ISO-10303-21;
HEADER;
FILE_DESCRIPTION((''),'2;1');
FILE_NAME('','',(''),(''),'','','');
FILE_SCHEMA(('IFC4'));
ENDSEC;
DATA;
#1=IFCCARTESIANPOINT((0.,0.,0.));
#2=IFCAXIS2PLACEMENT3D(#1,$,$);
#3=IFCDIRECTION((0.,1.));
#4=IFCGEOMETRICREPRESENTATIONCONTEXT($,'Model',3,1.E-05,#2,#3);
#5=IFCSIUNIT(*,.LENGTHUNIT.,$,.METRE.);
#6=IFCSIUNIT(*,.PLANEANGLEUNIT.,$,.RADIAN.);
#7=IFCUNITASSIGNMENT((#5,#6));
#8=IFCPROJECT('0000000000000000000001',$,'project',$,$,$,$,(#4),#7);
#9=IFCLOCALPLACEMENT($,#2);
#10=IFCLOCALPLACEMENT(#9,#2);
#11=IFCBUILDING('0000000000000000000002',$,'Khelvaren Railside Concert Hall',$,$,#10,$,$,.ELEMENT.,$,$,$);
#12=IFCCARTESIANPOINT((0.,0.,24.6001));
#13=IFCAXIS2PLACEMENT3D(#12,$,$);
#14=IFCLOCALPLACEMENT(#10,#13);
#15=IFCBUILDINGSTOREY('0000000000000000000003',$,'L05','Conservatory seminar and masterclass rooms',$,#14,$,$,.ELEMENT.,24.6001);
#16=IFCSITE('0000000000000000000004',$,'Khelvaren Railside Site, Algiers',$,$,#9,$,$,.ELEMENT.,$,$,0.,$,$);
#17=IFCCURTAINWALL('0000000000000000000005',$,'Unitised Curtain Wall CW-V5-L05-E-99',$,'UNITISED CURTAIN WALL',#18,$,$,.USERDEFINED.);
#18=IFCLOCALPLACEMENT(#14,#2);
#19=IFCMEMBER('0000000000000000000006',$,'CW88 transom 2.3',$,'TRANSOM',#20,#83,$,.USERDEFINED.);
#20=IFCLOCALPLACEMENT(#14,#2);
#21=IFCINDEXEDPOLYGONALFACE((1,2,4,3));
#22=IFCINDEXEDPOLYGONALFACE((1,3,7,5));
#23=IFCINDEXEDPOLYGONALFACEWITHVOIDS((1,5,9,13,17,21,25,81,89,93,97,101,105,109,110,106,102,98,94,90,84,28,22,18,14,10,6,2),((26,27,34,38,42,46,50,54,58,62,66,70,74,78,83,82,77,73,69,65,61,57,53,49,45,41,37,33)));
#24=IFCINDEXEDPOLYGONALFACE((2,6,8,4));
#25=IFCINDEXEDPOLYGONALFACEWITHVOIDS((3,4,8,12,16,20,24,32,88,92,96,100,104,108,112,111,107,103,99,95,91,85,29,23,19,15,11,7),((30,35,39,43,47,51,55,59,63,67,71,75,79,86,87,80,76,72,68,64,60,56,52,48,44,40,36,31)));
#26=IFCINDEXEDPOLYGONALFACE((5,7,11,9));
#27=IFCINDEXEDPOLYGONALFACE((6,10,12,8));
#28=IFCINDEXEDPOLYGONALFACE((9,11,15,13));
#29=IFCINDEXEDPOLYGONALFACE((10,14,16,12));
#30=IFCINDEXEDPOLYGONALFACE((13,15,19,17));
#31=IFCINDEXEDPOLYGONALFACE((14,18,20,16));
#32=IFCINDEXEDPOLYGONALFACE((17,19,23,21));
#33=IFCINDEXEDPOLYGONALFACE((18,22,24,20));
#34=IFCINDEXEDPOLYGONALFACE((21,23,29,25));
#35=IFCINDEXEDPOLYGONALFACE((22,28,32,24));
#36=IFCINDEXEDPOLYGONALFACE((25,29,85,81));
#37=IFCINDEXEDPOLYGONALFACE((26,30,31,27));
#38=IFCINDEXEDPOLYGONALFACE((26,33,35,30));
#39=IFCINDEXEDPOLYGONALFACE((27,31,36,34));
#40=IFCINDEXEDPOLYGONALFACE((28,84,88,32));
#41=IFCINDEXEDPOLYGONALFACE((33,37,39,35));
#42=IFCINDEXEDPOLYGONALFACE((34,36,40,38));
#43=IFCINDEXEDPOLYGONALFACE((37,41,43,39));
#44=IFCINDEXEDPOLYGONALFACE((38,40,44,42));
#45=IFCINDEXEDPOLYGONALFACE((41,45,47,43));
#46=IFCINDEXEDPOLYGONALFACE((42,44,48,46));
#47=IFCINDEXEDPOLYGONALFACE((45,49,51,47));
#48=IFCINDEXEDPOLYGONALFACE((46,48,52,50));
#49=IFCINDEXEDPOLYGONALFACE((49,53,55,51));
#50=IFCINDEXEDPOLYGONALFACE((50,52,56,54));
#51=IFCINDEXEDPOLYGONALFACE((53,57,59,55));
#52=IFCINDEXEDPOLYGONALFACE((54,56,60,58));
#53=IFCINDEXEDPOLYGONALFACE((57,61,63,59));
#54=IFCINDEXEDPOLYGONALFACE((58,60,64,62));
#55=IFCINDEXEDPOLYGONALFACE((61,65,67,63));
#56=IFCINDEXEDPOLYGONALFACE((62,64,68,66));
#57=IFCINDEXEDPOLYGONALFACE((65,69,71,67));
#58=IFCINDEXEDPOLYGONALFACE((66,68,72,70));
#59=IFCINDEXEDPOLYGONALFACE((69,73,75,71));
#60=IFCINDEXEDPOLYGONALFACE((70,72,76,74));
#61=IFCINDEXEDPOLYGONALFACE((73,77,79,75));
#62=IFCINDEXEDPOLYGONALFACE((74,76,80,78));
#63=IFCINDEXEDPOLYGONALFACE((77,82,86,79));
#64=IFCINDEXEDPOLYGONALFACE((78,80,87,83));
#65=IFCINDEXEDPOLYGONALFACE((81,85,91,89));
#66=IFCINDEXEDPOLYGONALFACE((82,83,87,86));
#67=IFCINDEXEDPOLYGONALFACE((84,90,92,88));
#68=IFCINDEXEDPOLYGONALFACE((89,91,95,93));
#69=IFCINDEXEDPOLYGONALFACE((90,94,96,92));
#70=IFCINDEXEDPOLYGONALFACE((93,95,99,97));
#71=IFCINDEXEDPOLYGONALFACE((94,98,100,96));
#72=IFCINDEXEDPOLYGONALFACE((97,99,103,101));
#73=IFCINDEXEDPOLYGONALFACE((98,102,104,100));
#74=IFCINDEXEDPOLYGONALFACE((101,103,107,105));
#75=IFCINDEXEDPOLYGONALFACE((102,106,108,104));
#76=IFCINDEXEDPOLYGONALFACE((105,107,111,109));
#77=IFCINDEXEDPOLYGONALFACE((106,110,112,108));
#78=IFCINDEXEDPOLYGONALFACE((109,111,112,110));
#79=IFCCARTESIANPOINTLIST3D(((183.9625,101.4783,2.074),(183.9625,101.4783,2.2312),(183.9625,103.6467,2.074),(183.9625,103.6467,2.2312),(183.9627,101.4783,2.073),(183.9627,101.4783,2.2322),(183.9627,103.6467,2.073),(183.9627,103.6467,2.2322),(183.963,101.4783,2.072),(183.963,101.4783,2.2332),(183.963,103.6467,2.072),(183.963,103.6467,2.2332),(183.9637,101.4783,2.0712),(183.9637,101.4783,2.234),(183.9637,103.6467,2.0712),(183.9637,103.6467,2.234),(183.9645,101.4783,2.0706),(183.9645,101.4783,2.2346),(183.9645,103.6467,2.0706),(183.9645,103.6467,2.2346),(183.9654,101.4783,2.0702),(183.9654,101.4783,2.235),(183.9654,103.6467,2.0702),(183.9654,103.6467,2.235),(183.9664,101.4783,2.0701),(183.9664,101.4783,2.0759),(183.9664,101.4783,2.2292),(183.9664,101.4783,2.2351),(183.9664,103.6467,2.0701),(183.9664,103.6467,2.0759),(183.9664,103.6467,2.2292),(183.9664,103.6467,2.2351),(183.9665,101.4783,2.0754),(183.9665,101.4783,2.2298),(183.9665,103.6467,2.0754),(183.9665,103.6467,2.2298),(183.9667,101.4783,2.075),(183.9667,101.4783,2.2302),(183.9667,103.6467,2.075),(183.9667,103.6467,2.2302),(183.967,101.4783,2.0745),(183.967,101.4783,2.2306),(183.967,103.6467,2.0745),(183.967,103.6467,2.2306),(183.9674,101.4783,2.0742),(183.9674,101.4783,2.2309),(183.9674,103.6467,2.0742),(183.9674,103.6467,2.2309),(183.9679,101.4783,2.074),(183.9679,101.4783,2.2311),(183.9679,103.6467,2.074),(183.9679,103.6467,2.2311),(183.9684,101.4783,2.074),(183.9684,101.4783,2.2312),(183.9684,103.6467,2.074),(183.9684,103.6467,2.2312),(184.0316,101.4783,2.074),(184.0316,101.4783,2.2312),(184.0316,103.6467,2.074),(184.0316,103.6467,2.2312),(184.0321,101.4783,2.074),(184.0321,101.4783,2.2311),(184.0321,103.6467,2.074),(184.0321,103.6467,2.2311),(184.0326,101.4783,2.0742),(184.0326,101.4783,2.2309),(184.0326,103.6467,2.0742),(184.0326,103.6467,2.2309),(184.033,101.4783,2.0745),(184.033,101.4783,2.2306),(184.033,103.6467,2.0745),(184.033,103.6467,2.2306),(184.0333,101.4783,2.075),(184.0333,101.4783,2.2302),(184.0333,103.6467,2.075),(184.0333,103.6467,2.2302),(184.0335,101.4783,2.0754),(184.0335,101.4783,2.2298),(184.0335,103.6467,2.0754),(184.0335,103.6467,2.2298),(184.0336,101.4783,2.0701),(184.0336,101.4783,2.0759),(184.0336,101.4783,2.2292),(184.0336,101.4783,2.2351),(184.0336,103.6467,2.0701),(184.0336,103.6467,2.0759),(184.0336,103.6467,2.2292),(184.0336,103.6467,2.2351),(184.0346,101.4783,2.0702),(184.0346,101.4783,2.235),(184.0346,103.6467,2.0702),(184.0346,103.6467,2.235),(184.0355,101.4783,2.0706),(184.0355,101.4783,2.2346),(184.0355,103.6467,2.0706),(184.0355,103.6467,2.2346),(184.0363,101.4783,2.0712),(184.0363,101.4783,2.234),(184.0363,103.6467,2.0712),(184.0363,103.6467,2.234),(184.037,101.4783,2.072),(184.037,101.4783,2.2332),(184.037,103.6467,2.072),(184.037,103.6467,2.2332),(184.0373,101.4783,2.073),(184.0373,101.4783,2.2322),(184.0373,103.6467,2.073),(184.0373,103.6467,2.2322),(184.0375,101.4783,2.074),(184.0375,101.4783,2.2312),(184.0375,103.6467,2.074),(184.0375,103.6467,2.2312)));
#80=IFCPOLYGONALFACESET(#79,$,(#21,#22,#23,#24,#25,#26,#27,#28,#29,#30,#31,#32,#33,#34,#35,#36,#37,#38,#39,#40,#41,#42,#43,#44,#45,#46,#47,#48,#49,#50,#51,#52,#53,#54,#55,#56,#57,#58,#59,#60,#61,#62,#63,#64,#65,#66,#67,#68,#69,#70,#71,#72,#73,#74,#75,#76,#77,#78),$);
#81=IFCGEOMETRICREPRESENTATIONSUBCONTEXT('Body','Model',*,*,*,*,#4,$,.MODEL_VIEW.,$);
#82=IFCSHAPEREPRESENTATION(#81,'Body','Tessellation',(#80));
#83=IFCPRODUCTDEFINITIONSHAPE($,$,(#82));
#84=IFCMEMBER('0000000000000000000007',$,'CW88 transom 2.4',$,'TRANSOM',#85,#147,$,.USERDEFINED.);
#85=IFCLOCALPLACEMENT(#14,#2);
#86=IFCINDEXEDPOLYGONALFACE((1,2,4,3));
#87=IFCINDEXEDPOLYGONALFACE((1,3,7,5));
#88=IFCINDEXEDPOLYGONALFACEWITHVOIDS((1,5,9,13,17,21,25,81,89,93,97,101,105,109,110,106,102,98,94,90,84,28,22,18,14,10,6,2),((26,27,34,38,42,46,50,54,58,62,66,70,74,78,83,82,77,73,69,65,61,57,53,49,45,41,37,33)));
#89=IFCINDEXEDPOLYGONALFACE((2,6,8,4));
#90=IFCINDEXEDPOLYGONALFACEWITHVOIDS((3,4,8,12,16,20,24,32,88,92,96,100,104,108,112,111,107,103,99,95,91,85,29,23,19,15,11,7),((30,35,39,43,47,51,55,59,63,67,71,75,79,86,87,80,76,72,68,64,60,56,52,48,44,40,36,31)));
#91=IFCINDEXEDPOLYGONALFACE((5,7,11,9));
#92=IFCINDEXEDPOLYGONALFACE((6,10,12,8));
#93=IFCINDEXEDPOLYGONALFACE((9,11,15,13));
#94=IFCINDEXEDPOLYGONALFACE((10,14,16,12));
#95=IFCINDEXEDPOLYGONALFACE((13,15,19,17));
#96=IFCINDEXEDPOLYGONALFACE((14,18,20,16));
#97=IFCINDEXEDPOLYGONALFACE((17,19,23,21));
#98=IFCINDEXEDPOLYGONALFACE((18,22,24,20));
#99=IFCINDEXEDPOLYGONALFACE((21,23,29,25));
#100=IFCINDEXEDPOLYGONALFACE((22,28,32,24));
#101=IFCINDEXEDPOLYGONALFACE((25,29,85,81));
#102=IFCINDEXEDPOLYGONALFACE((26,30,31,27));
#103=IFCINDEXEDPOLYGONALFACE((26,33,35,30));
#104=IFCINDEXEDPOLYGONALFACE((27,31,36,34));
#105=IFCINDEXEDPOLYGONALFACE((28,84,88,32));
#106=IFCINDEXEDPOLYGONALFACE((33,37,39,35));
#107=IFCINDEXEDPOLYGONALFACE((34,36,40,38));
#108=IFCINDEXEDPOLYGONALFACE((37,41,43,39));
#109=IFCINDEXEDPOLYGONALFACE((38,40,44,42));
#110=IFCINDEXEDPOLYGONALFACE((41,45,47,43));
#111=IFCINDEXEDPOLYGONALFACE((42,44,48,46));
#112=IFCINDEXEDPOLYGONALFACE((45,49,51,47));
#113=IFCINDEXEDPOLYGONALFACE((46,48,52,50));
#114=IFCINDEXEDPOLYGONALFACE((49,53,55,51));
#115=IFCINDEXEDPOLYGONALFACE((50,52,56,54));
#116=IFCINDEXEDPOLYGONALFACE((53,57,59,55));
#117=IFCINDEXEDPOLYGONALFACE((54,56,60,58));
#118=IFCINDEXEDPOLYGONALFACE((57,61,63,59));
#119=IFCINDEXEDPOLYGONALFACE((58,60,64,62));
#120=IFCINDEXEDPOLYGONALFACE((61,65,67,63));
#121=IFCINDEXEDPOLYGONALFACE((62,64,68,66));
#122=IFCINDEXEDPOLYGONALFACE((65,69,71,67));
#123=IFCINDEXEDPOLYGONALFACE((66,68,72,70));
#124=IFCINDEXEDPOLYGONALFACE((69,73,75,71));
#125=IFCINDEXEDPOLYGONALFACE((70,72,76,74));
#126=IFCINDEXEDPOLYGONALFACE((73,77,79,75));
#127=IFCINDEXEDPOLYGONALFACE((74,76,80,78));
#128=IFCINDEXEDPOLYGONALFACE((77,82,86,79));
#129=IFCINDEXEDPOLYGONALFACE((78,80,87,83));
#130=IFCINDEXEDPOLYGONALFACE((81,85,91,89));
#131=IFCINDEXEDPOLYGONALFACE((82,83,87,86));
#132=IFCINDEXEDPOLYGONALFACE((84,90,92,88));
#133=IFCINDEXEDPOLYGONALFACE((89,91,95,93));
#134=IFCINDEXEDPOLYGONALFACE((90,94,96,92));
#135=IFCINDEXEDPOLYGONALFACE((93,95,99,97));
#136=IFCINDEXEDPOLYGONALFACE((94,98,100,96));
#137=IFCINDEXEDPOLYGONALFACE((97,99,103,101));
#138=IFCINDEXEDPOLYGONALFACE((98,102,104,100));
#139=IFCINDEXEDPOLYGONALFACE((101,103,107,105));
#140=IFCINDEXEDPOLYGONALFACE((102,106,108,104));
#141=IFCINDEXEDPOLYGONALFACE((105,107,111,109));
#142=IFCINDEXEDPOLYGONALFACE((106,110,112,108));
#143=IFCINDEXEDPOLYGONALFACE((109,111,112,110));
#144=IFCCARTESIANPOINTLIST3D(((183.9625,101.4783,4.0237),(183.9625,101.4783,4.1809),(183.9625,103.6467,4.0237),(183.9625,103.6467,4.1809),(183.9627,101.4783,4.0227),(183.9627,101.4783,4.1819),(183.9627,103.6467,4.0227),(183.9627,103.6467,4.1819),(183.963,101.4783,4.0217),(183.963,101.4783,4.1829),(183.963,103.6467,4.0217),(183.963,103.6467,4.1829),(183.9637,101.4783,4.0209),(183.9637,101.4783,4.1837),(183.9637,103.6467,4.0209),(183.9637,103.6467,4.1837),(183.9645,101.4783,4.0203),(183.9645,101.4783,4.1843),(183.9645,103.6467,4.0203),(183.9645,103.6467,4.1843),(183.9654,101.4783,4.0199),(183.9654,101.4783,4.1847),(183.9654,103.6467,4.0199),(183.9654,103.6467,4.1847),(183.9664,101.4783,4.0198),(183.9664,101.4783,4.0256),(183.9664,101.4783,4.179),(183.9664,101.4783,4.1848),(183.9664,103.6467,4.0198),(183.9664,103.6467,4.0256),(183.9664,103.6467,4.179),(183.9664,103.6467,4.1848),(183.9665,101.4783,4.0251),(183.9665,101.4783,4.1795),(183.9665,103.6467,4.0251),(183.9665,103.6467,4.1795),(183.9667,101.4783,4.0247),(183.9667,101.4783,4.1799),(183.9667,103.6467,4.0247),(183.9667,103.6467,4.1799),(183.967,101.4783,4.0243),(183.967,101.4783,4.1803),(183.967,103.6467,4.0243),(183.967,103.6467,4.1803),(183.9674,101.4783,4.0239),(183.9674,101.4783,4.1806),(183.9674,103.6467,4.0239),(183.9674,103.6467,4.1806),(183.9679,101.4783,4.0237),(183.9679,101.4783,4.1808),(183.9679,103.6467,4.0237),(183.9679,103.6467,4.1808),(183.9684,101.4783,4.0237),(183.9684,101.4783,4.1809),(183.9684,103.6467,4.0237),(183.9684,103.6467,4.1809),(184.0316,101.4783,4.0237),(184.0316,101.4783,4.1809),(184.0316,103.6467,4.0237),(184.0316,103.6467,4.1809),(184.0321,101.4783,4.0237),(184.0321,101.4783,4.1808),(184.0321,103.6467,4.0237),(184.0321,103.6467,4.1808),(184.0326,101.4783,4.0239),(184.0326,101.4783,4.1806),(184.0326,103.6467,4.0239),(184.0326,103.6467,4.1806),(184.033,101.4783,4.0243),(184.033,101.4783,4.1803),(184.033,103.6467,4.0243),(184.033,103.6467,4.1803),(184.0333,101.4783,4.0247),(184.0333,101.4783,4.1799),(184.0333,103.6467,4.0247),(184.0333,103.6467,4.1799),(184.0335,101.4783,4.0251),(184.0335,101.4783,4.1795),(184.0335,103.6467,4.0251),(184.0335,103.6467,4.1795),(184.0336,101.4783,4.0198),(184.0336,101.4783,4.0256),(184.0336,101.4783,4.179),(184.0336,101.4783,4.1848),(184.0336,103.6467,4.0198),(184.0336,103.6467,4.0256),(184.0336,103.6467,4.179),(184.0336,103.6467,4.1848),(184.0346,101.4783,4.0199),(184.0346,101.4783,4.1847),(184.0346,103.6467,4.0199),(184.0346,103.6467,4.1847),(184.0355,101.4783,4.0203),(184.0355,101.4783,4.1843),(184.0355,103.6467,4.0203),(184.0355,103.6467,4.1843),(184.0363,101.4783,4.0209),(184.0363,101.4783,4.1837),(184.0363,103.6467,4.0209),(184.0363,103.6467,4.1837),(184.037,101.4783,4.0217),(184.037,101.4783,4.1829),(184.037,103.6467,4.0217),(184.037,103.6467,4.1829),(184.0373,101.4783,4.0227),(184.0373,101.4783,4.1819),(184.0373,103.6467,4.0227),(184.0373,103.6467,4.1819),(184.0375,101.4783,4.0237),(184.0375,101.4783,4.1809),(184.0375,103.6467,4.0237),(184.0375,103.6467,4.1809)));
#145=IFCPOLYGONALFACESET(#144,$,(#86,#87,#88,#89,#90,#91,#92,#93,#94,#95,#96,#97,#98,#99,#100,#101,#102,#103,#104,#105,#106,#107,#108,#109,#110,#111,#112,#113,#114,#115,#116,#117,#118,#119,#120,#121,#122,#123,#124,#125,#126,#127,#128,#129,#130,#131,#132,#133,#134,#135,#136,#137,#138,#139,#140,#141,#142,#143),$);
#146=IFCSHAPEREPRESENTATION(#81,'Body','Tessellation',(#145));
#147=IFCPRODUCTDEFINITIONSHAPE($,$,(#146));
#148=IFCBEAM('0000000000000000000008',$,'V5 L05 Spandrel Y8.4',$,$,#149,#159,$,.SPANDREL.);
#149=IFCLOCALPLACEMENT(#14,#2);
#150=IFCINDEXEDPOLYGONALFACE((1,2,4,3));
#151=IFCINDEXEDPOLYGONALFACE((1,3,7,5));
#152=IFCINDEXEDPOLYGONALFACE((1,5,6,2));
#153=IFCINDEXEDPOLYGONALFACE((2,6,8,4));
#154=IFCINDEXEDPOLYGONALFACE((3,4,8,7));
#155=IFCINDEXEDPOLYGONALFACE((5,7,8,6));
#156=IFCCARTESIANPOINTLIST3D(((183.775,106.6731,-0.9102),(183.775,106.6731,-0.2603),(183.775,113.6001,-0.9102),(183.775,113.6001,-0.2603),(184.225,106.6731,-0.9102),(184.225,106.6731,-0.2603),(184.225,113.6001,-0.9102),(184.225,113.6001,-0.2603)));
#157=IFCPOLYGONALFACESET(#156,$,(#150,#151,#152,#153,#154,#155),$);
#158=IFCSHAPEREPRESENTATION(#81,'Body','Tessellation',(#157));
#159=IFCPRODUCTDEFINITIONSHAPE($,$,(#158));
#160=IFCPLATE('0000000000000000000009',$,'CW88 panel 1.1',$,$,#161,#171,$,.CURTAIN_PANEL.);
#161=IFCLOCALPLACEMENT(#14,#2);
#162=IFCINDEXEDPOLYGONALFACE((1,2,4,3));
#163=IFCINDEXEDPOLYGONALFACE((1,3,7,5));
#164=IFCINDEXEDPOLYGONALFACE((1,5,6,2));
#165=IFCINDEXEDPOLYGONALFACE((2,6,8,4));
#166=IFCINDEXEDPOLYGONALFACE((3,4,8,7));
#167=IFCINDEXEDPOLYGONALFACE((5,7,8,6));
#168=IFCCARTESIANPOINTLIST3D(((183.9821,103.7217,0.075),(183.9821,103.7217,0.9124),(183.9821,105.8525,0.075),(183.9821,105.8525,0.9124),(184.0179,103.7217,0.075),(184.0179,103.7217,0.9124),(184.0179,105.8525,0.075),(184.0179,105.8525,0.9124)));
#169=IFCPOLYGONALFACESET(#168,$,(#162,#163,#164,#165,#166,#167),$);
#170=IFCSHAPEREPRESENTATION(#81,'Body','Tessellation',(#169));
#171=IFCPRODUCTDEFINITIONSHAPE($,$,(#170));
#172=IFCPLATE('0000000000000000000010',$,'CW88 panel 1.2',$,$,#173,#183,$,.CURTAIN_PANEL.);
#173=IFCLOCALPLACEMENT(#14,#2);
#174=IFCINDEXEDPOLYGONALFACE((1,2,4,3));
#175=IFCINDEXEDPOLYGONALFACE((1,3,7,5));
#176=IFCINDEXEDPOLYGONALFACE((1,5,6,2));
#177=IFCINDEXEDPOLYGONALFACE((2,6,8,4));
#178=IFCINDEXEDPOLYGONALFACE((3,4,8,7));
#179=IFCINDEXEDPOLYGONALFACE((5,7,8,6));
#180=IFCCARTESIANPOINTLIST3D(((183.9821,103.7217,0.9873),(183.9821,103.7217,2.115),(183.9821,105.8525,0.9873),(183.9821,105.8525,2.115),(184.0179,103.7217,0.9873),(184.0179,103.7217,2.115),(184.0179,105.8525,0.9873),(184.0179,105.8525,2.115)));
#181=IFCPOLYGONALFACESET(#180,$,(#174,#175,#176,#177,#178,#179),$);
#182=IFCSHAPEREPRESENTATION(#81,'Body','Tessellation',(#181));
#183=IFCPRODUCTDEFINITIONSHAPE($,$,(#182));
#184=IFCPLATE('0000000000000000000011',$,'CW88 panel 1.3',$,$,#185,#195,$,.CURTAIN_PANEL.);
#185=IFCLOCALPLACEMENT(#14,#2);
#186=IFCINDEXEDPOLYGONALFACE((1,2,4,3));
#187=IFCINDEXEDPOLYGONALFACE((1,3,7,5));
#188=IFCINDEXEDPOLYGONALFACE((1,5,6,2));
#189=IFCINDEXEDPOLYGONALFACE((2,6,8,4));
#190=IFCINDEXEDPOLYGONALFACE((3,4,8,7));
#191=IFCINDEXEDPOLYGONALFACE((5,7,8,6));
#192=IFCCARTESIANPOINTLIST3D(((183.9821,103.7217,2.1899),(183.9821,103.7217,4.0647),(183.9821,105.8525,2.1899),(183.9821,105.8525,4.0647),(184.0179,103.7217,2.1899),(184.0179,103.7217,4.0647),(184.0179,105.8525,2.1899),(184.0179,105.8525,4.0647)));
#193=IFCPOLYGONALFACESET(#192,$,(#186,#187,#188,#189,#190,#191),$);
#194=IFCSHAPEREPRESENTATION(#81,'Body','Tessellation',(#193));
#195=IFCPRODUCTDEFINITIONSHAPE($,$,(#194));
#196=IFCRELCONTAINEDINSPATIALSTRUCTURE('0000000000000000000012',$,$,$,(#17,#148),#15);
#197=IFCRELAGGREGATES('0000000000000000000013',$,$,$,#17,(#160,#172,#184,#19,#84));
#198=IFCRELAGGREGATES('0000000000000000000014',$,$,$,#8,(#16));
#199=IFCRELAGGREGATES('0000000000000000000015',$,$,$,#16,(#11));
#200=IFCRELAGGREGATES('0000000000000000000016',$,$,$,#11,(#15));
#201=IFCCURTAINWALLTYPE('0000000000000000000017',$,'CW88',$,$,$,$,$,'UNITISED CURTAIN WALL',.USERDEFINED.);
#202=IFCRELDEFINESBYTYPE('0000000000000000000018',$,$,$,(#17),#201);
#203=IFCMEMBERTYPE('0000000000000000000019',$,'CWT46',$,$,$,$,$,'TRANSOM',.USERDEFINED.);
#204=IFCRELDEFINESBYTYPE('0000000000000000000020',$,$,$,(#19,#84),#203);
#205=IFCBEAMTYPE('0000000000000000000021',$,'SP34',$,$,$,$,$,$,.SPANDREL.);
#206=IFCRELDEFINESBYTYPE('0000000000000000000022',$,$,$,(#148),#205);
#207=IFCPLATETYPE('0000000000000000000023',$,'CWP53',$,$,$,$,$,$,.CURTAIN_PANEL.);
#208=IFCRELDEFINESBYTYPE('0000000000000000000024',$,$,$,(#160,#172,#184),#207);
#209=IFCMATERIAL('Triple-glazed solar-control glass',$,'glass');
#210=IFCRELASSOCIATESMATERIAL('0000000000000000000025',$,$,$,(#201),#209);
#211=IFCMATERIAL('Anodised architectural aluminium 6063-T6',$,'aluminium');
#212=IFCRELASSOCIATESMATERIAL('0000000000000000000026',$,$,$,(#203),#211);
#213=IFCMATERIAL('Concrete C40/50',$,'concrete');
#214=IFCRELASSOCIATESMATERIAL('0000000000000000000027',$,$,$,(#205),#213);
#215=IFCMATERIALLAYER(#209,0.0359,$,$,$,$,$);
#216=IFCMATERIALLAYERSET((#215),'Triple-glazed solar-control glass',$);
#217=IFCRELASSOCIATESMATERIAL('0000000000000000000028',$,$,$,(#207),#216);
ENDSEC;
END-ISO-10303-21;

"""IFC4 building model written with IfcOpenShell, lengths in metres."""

from ifc_helpers import new_model, si_unit, direction, frame, origin, origin_2d, place, context, subcontext, project, spatial, rectangle, hollow_rectangle, extrude, material, layer, layer_set, material_profile, profile_set, type_object, element, aggregate, save


model = new_model("IFC4")

# Units and contexts
model_context = context("Model", 3, precision=1e-05, world=origin(), true_north=direction((0.0, 1.0)))
body_context = subcontext(model_context, "Body", "Model", "MODEL_VIEW")
ifc_project = project(units=[si_unit("LENGTHUNIT", "METRE"), si_unit("PLANEANGLEUNIT", "RADIAN")], contexts=[model_context])

# Site, building, storey
site_placement = place(None, origin())
site = spatial("IfcSite", under=ifc_project, at=site_placement, Name="Khelvaren Railside Site, Algiers", CompositionType="ELEMENT", RefElevation=0.0)
building_placement = place(site_placement, origin())
building = spatial("IfcBuilding", under=site, at=building_placement, Name="Khelvaren Railside Concert Hall", CompositionType="ELEMENT")
storey_placement = place(building_placement, frame((0.0, 0.0, 24.6001)))
storey = spatial("IfcBuildingStorey", under=building, at=storey_placement, Name="L05", Description="Conservatory seminar and masterclass rooms", CompositionType="ELEMENT", Elevation=24.6001)

# Curtain wall
ifc_material_1 = material(Name="Triple-glazed solar-control glass", Category="glass")
curtain_wall_type_1 = type_object("IfcCurtainWallType", Name="CW88", ElementType="UNITISED CURTAIN WALL", PredefinedType="USERDEFINED", material=ifc_material_1)
curtain_wall_1_placement = place(storey_placement, origin())
curtain_wall_1 = element("IfcCurtainWall", 1, at=curtain_wall_1_placement, inside=storey, type_object=curtain_wall_type_1, Name="Unitised Curtain Wall CW-V5-L05-E-99", ObjectType="UNITISED CURTAIN WALL", PredefinedType="USERDEFINED")
ifc_material_2 = material(Name="Anodised architectural aluminium 6063-T6", Category="aluminium")

# Members
ifc_material_profile_1 = material_profile(ifc_material_2, hollow_rectangle(XDim=0.075, YDim=0.165, WallThickness=0.0039, InnerFilletRadius=0.002, OuterFilletRadius=0.0039, at=origin_2d()), Name="CWT 75x165x4")
ifc_profile_set_1 = profile_set([ifc_material_profile_1], Name="Anodised architectural aluminium 6063-T6")
member_type_1 = type_object("IfcMemberType", Name="CWT46", ElementType="TRANSOM", PredefinedType="USERDEFINED", material=ifc_profile_set_1)
member_1_placement = place(storey_placement, frame((184.0, 103.6467, 2.1526), z_axis=(0.0, -1.0, 0.0), x_axis=(1.0, 0.0, 0.0)))
member_1 = element("IfcMember", 2, at=member_1_placement, type_object=member_type_1, Name="CW88 transom 2.3", ObjectType="TRANSOM", PredefinedType="USERDEFINED", context=body_context, shape_type="SweptSolid", body=[
    extrude(hollow_rectangle(XDim=0.075, YDim=0.165, WallThickness=0.0039, InnerFilletRadius=0.002, OuterFilletRadius=0.0039, at=origin_2d()), origin(), (0.0, 0.0, 1.0), 2.1685),
])
member_2_placement = place(storey_placement, frame((184.0, 103.6467, 4.1023), z_axis=(0.0, -1.0, 0.0), x_axis=(1.0, 0.0, 0.0)))
member_2 = element("IfcMember", 3, at=member_2_placement, type_object=member_type_1, Name="CW88 transom 2.4", ObjectType="TRANSOM", PredefinedType="USERDEFINED", context=body_context, shape_type="SweptSolid", body=[
    extrude(hollow_rectangle(XDim=0.075, YDim=0.165, WallThickness=0.0039, InnerFilletRadius=0.002, OuterFilletRadius=0.0039, at=origin_2d()), origin(), (0.0, 0.0, 1.0), 2.1685),
])

# Beam
ifc_material_3 = material(Name="Concrete C40/50", Category="concrete")
ifc_material_profile_2 = material_profile(ifc_material_3, rectangle(XDim=0.45, YDim=0.6499, at=origin_2d()), Name="RCB 450x650")
ifc_profile_set_2 = profile_set([ifc_material_profile_2], Name="Concrete C40/50")
beam_type = type_object("IfcBeamType", Name="SP34", PredefinedType="SPANDREL", material=ifc_profile_set_2)
beam_placement = place(storey_placement, frame((184.0, 106.6731, -0.5852), z_axis=(0.0, 1.0, 0.0), x_axis=(-1.0, 0.0, 0.0)))
element("IfcBeam", 4, at=beam_placement, inside=storey, type_object=beam_type, Name="V5 L05 Spandrel Y8.4", PredefinedType="SPANDREL", context=body_context, shape_type="SweptSolid", body=[
    extrude(rectangle(XDim=0.45, YDim=0.6499, at=origin_2d()), origin(), (0.0, 0.0, 1.0), 6.927),
])

# Plates
ifc_layer_1 = layer(ifc_material_1, 0.0359)
ifc_layer_set_1 = layer_set([ifc_layer_1], Name="Triple-glazed solar-control glass")
plate_type_1 = type_object("IfcPlateType", Name="CWP53", PredefinedType="CURTAIN_PANEL", material=ifc_layer_set_1)
plate_1_placement = place(storey_placement, frame((184.0, 104.7871, 0.075), z_axis=(0.0, 0.0, 1.0), x_axis=(0.0, -1.0, 0.0)))
plate_1 = element("IfcPlate", 5, at=plate_1_placement, type_object=plate_type_1, Name="CW88 panel 1.1", PredefinedType="CURTAIN_PANEL", context=body_context, shape_type="SweptSolid", body=[
    extrude(rectangle(XDim=2.1309, YDim=0.0359, at=origin_2d()), origin(), (0.0, 0.0, 1.0), 0.8374),
])
plate_2_placement = place(storey_placement, frame((184.0, 104.7871, 0.9873), z_axis=(0.0, 0.0, 1.0), x_axis=(0.0, -1.0, 0.0)))
plate_2 = element("IfcPlate", 6, at=plate_2_placement, type_object=plate_type_1, Name="CW88 panel 1.2", PredefinedType="CURTAIN_PANEL", context=body_context, shape_type="SweptSolid", body=[
    extrude(rectangle(XDim=2.1309, YDim=0.0359, at=origin_2d()), origin(), (0.0, 0.0, 1.0), 1.1277),
])
plate_3_placement = place(storey_placement, frame((184.0, 104.7871, 2.1899), z_axis=(0.0, 0.0, 1.0), x_axis=(0.0, -1.0, 0.0)))
plate_3 = element("IfcPlate", 7, at=plate_3_placement, type_object=plate_type_1, Name="CW88 panel 1.3", PredefinedType="CURTAIN_PANEL", context=body_context, shape_type="SweptSolid", body=[
    extrude(rectangle(XDim=2.1309, YDim=0.0359, at=origin_2d()), origin(), (0.0, 0.0, 1.0), 1.8748),
])
aggregate(curtain_wall_1, [plate_1, plate_2, plate_3, member_1, member_2])

save(model, "model.ifc")
